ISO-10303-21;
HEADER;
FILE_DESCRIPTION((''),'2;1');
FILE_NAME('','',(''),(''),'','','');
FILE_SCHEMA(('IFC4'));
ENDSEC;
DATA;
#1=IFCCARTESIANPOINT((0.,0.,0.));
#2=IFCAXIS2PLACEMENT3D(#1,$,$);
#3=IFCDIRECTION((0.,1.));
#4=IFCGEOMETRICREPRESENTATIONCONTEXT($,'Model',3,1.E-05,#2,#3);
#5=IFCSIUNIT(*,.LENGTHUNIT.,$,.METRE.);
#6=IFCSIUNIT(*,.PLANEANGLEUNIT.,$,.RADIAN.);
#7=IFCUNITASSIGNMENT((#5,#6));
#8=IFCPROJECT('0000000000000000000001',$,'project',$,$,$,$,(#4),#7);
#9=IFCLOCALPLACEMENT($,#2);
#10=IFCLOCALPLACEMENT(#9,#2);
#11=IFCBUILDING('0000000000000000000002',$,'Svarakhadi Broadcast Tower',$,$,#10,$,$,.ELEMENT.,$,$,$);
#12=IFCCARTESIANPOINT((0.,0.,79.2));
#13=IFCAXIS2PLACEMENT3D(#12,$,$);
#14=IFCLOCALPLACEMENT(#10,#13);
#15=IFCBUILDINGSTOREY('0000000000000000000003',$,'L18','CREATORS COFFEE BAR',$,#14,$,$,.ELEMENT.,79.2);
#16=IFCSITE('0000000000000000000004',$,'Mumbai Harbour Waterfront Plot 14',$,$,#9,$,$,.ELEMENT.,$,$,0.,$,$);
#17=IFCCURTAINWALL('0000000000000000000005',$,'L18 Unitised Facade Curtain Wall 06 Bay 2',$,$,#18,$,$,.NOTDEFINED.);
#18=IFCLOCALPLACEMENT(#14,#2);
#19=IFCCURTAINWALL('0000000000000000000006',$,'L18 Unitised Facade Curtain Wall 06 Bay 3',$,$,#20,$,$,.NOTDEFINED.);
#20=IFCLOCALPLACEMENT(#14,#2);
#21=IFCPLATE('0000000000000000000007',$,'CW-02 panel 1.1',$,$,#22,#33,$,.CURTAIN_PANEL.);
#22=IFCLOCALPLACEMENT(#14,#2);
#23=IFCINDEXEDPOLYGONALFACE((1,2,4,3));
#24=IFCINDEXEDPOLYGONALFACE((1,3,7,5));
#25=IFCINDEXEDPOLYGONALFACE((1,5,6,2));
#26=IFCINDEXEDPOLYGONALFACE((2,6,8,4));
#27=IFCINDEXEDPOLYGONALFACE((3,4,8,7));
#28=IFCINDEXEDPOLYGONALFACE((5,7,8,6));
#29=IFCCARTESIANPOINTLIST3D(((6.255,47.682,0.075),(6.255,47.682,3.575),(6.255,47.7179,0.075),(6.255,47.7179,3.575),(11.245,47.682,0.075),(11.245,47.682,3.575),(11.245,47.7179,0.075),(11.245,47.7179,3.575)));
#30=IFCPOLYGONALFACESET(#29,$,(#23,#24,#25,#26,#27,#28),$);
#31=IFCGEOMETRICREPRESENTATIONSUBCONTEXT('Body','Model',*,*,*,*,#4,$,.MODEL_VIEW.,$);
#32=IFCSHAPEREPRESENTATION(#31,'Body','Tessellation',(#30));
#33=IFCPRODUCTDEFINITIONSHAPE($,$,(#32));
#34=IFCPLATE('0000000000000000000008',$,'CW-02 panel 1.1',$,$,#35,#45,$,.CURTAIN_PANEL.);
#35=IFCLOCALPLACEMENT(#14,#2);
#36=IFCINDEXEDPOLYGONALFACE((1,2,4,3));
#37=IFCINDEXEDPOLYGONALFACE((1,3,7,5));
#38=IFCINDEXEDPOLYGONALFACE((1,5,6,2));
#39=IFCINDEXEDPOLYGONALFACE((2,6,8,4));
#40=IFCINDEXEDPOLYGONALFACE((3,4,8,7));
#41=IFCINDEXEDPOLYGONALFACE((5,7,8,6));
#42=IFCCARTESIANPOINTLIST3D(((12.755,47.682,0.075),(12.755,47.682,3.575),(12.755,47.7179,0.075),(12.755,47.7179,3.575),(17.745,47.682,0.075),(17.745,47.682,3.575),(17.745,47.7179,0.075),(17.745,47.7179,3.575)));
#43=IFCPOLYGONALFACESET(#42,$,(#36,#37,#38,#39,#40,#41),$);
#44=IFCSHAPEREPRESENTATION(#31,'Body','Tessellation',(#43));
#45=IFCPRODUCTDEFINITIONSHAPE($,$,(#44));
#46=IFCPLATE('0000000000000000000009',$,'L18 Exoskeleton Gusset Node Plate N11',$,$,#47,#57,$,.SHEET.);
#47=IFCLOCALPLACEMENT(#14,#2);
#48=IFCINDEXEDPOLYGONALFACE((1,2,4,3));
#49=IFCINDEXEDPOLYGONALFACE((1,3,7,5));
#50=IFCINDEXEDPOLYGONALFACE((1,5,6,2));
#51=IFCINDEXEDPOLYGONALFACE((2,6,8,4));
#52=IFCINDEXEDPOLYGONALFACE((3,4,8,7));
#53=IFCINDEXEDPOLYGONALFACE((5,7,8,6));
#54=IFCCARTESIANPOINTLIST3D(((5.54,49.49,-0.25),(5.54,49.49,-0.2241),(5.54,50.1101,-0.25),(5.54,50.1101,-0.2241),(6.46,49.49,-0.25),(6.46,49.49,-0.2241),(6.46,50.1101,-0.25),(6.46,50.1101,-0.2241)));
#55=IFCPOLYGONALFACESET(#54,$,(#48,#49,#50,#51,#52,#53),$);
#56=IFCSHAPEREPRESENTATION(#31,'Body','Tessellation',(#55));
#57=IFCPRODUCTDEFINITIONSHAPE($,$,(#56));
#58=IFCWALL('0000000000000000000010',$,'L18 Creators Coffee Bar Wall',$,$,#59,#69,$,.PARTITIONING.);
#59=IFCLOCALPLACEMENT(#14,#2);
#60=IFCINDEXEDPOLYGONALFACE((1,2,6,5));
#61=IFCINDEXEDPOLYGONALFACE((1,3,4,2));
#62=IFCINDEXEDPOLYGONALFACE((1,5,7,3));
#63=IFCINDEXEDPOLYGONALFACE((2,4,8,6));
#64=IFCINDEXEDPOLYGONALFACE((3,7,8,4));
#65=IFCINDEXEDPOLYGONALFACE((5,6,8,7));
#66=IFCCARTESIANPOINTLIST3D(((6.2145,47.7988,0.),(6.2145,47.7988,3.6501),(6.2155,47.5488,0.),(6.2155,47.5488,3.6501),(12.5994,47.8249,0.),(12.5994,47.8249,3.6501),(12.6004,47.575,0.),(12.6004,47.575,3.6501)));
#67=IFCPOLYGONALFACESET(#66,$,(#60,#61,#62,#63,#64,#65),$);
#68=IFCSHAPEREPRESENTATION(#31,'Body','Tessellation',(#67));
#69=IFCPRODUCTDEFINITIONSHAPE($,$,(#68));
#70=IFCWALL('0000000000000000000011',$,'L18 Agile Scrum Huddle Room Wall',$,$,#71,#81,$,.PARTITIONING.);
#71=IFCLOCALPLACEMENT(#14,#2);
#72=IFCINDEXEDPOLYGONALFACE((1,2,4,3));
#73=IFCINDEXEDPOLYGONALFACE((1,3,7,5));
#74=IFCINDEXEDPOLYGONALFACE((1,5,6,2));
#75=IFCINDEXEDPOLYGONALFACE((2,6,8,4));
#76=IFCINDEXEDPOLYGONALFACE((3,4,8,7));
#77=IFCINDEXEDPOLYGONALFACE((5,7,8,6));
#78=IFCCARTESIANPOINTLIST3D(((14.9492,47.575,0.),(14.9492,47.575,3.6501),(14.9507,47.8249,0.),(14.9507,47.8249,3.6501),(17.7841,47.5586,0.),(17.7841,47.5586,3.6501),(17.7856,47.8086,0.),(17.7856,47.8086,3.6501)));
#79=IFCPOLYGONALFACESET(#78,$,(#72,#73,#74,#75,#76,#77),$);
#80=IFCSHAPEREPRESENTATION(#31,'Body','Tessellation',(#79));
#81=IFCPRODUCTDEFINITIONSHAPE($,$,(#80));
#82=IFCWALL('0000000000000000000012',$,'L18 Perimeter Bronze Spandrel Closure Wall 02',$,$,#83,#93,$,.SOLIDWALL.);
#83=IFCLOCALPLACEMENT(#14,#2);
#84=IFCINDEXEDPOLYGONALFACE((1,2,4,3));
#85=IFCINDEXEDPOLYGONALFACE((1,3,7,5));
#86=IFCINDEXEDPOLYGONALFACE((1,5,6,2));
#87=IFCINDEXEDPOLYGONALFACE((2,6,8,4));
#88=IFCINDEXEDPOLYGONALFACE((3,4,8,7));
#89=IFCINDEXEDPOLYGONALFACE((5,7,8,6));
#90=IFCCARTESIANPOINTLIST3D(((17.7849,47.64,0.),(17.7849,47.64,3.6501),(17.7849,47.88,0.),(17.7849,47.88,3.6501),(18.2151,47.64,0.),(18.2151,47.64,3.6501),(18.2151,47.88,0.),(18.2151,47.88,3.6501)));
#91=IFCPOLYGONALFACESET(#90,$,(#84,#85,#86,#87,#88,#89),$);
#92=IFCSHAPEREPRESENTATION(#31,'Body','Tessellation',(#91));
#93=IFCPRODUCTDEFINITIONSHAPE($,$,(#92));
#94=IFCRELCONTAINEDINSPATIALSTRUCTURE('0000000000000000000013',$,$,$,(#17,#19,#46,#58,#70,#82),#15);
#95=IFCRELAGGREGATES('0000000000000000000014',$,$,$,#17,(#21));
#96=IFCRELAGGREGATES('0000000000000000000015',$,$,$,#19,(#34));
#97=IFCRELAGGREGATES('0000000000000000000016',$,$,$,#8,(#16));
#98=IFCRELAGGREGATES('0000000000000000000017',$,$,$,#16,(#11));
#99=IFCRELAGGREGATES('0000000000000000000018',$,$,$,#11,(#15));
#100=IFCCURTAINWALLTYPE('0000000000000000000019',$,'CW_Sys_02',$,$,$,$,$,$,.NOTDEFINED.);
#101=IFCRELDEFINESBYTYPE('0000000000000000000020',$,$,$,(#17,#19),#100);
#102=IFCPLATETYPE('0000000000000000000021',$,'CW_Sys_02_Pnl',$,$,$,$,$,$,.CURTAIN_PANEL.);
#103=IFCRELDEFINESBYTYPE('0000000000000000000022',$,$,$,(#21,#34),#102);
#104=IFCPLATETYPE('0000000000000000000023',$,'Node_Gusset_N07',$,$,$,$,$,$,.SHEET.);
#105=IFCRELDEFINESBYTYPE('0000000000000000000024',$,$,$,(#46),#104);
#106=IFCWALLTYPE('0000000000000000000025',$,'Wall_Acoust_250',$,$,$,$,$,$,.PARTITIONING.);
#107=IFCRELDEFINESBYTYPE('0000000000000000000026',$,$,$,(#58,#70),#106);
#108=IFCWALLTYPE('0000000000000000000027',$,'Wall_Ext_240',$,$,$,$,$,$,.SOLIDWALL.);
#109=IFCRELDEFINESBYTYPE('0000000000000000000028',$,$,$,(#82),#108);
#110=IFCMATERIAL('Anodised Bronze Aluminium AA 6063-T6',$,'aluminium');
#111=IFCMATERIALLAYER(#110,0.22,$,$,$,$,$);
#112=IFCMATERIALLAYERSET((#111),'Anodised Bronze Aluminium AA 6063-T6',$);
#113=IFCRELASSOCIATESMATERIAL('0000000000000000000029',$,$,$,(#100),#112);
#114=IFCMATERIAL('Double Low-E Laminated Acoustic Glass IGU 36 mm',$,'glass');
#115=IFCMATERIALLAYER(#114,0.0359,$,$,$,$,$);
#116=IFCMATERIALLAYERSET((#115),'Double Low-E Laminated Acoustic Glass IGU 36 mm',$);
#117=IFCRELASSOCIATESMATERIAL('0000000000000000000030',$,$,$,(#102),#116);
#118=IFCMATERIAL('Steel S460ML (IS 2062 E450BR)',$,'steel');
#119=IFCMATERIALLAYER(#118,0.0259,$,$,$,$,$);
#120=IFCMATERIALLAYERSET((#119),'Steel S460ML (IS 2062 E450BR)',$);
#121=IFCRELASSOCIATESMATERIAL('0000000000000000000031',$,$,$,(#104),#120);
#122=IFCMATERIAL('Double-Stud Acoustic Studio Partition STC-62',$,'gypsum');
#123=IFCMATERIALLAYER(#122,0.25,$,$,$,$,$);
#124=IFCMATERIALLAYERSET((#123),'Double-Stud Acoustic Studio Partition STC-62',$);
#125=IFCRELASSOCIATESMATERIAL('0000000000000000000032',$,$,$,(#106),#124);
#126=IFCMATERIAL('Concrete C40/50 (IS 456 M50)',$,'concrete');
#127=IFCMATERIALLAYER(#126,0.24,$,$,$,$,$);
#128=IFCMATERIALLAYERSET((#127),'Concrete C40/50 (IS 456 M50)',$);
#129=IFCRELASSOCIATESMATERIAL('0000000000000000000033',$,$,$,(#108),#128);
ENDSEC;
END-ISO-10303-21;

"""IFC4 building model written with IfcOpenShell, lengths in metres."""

from ifc_helpers import new_model, si_unit, direction, frame, frame_2d, origin, origin_2d, place, context, subcontext, project, spatial, rectangle, extrude, material, layer, layer_set, type_object, element, aggregate, save


model = new_model("IFC4")

# Units and contexts
model_context = context("Model", 3, precision=1e-05, world=origin(), true_north=direction((0.0, 1.0)))
body_context = subcontext(model_context, "Body", "Model", "MODEL_VIEW")
ifc_project = project(units=[si_unit("LENGTHUNIT", "METRE"), si_unit("PLANEANGLEUNIT", "RADIAN")], contexts=[model_context])

# Site, building, storey
site_placement = place(None, origin())
site = spatial("IfcSite", under=ifc_project, at=site_placement, Name="Mumbai Harbour Waterfront Plot 14", CompositionType="ELEMENT", RefElevation=0.0)
building_placement = place(site_placement, origin())
building = spatial("IfcBuilding", under=site, at=building_placement, Name="Svarakhadi Broadcast Tower", CompositionType="ELEMENT")
storey_placement = place(building_placement, frame((0.0, 0.0, 79.2)))
storey = spatial("IfcBuildingStorey", under=building, at=storey_placement, Name="L18", Description="CREATORS COFFEE BAR", CompositionType="ELEMENT", Elevation=79.2)

# Shared definitions
ifc_material_1 = material(Name="Steel S460ML (IS 2062 E450BR)", Category="steel")

# Curtain walls
ifc_material_2 = material(Name="Anodised Bronze Aluminium AA 6063-T6", Category="aluminium")
ifc_layer_1 = layer(ifc_material_2, 0.22)
ifc_layer_set_1 = layer_set([ifc_layer_1], Name="Anodised Bronze Aluminium AA 6063-T6")
curtain_wall_type = type_object("IfcCurtainWallType", Name="CW_Sys_02", PredefinedType="NOTDEFINED", material=ifc_layer_set_1)
curtain_wall_1_placement = place(storey_placement, origin())
curtain_wall_1 = element("IfcCurtainWall", 1, at=curtain_wall_1_placement, inside=storey, type_object=curtain_wall_type, Name="L18 Unitised Facade Curtain Wall 06 Bay 2", PredefinedType="NOTDEFINED")
curtain_wall_2_placement = place(storey_placement, origin())
curtain_wall_2 = element("IfcCurtainWall", 2, at=curtain_wall_2_placement, inside=storey, type_object=curtain_wall_type, Name="L18 Unitised Facade Curtain Wall 06 Bay 3", PredefinedType="NOTDEFINED")

# Plates
ifc_material_3 = material(Name="Double Low-E Laminated Acoustic Glass IGU 36 mm", Category="glass")
ifc_layer_2 = layer(ifc_material_3, 0.0359)
ifc_layer_set_2 = layer_set([ifc_layer_2], Name="Double Low-E Laminated Acoustic Glass IGU 36 mm")
plate_type_1 = type_object("IfcPlateType", Name="CW_Sys_02_Pnl", PredefinedType="CURTAIN_PANEL", material=ifc_layer_set_2)
plate_1_placement = place(storey_placement, frame((8.75, 47.7, 0.075), z_axis=(0.0, 0.0, 1.0), x_axis=(1.0, 0.0, 0.0)))
plate_1 = element("IfcPlate", 3, at=plate_1_placement, type_object=plate_type_1, Name="CW-02 panel 1.1", PredefinedType="CURTAIN_PANEL", context=body_context, shape_type="SweptSolid", body=[
    extrude(rectangle(XDim=4.99, YDim=0.0359, at=origin_2d()), origin(), (0.0, 0.0, 1.0), 3.5),
])
aggregate(curtain_wall_1, [plate_1])
plate_2_placement = place(storey_placement, frame((15.25, 47.7, 0.075), z_axis=(0.0, 0.0, 1.0), x_axis=(1.0, 0.0, 0.0)))
plate_2 = element("IfcPlate", 4, at=plate_2_placement, type_object=plate_type_1, Name="CW-02 panel 1.1", PredefinedType="CURTAIN_PANEL", context=body_context, shape_type="SweptSolid", body=[
    extrude(rectangle(XDim=4.99, YDim=0.0359, at=origin_2d()), origin(), (0.0, 0.0, 1.0), 3.5),
])
aggregate(curtain_wall_2, [plate_2])
ifc_layer_3 = layer(ifc_material_1, 0.0259)
ifc_layer_set_3 = layer_set([ifc_layer_3], Name="Steel S460ML (IS 2062 E450BR)")
plate_type_2 = type_object("IfcPlateType", Name="Node_Gusset_N07", PredefinedType="SHEET", material=ifc_layer_set_3)
plate_3_placement = place(storey_placement, frame((6.0, 49.8, -0.25), z_axis=(0.0, 0.0, 1.0), x_axis=(1.0, 0.0, 0.0)))
element("IfcPlate", 5, at=plate_3_placement, inside=storey, type_object=plate_type_2, Name="L18 Exoskeleton Gusset Node Plate N11", PredefinedType="SHEET", context=body_context, shape_type="SweptSolid", body=[
    extrude(rectangle(XDim=0.9199, YDim=0.6201, at=origin_2d()), origin(), (0.0, 0.0, 1.0), 0.0259),
])

# Walls
ifc_material_4 = material(Name="Double-Stud Acoustic Studio Partition STC-62", Category="gypsum")
ifc_layer_4 = layer(ifc_material_4, 0.25)
ifc_layer_set_4 = layer_set([ifc_layer_4], Name="Double-Stud Acoustic Studio Partition STC-62")
wall_type_1 = type_object("IfcWallType", Name="Wall_Acoust_250", PredefinedType="PARTITIONING", material=ifc_layer_set_4)
wall_1_placement = place(storey_placement, frame((6.2151, 47.6738, 0.0), z_axis=(0.0, 0.0, 1.0), x_axis=(0.999992, 0.004091, 0.0)))
element("IfcWall", 6, at=wall_1_placement, inside=storey, type_object=wall_type_1, Name="L18 Creators Coffee Bar Wall", PredefinedType="PARTITIONING", context=body_context, shape_type="SweptSolid", body=[
    extrude(rectangle(XDim=6.385, YDim=0.25, at=frame_2d((3.1924, 0.0))), origin(), (0.0, 0.0, 1.0), 3.6501),
])
wall_2_placement = place(storey_placement, frame((14.95, 47.7, 0.0), z_axis=(0.0, 0.0, 1.0), x_axis=(0.999983, -0.00577, 0.0)))
element("IfcWall", 7, at=wall_2_placement, inside=storey, type_object=wall_type_1, Name="L18 Agile Scrum Huddle Room Wall", PredefinedType="PARTITIONING", context=body_context, shape_type="SweptSolid", body=[
    extrude(rectangle(XDim=2.835, YDim=0.25, at=frame_2d((1.4175, 0.0))), origin(), (0.0, 0.0, 1.0), 3.6501),
])
ifc_material_5 = material(Name="Concrete C40/50 (IS 456 M50)", Category="concrete")
ifc_layer_5 = layer(ifc_material_5, 0.24)
ifc_layer_set_5 = layer_set([ifc_layer_5], Name="Concrete C40/50 (IS 456 M50)")
wall_type_2 = type_object("IfcWallType", Name="Wall_Ext_240", PredefinedType="SOLIDWALL", material=ifc_layer_set_5)
wall_3_placement = place(storey_placement, frame((17.7849, 47.76, 0.0), z_axis=(0.0, 0.0, 1.0), x_axis=(1.0, 0.0, 0.0)))
element("IfcWall", 8, at=wall_3_placement, inside=storey, type_object=wall_type_2, Name="L18 Perimeter Bronze Spandrel Closure Wall 02", PredefinedType="SOLIDWALL", context=body_context, shape_type="SweptSolid", body=[
    extrude(rectangle(XDim=0.4302, YDim=0.24, at=frame_2d((0.2151, 0.0))), origin(), (0.0, 0.0, 1.0), 3.6501),
])

save(model, "model.ifc")
